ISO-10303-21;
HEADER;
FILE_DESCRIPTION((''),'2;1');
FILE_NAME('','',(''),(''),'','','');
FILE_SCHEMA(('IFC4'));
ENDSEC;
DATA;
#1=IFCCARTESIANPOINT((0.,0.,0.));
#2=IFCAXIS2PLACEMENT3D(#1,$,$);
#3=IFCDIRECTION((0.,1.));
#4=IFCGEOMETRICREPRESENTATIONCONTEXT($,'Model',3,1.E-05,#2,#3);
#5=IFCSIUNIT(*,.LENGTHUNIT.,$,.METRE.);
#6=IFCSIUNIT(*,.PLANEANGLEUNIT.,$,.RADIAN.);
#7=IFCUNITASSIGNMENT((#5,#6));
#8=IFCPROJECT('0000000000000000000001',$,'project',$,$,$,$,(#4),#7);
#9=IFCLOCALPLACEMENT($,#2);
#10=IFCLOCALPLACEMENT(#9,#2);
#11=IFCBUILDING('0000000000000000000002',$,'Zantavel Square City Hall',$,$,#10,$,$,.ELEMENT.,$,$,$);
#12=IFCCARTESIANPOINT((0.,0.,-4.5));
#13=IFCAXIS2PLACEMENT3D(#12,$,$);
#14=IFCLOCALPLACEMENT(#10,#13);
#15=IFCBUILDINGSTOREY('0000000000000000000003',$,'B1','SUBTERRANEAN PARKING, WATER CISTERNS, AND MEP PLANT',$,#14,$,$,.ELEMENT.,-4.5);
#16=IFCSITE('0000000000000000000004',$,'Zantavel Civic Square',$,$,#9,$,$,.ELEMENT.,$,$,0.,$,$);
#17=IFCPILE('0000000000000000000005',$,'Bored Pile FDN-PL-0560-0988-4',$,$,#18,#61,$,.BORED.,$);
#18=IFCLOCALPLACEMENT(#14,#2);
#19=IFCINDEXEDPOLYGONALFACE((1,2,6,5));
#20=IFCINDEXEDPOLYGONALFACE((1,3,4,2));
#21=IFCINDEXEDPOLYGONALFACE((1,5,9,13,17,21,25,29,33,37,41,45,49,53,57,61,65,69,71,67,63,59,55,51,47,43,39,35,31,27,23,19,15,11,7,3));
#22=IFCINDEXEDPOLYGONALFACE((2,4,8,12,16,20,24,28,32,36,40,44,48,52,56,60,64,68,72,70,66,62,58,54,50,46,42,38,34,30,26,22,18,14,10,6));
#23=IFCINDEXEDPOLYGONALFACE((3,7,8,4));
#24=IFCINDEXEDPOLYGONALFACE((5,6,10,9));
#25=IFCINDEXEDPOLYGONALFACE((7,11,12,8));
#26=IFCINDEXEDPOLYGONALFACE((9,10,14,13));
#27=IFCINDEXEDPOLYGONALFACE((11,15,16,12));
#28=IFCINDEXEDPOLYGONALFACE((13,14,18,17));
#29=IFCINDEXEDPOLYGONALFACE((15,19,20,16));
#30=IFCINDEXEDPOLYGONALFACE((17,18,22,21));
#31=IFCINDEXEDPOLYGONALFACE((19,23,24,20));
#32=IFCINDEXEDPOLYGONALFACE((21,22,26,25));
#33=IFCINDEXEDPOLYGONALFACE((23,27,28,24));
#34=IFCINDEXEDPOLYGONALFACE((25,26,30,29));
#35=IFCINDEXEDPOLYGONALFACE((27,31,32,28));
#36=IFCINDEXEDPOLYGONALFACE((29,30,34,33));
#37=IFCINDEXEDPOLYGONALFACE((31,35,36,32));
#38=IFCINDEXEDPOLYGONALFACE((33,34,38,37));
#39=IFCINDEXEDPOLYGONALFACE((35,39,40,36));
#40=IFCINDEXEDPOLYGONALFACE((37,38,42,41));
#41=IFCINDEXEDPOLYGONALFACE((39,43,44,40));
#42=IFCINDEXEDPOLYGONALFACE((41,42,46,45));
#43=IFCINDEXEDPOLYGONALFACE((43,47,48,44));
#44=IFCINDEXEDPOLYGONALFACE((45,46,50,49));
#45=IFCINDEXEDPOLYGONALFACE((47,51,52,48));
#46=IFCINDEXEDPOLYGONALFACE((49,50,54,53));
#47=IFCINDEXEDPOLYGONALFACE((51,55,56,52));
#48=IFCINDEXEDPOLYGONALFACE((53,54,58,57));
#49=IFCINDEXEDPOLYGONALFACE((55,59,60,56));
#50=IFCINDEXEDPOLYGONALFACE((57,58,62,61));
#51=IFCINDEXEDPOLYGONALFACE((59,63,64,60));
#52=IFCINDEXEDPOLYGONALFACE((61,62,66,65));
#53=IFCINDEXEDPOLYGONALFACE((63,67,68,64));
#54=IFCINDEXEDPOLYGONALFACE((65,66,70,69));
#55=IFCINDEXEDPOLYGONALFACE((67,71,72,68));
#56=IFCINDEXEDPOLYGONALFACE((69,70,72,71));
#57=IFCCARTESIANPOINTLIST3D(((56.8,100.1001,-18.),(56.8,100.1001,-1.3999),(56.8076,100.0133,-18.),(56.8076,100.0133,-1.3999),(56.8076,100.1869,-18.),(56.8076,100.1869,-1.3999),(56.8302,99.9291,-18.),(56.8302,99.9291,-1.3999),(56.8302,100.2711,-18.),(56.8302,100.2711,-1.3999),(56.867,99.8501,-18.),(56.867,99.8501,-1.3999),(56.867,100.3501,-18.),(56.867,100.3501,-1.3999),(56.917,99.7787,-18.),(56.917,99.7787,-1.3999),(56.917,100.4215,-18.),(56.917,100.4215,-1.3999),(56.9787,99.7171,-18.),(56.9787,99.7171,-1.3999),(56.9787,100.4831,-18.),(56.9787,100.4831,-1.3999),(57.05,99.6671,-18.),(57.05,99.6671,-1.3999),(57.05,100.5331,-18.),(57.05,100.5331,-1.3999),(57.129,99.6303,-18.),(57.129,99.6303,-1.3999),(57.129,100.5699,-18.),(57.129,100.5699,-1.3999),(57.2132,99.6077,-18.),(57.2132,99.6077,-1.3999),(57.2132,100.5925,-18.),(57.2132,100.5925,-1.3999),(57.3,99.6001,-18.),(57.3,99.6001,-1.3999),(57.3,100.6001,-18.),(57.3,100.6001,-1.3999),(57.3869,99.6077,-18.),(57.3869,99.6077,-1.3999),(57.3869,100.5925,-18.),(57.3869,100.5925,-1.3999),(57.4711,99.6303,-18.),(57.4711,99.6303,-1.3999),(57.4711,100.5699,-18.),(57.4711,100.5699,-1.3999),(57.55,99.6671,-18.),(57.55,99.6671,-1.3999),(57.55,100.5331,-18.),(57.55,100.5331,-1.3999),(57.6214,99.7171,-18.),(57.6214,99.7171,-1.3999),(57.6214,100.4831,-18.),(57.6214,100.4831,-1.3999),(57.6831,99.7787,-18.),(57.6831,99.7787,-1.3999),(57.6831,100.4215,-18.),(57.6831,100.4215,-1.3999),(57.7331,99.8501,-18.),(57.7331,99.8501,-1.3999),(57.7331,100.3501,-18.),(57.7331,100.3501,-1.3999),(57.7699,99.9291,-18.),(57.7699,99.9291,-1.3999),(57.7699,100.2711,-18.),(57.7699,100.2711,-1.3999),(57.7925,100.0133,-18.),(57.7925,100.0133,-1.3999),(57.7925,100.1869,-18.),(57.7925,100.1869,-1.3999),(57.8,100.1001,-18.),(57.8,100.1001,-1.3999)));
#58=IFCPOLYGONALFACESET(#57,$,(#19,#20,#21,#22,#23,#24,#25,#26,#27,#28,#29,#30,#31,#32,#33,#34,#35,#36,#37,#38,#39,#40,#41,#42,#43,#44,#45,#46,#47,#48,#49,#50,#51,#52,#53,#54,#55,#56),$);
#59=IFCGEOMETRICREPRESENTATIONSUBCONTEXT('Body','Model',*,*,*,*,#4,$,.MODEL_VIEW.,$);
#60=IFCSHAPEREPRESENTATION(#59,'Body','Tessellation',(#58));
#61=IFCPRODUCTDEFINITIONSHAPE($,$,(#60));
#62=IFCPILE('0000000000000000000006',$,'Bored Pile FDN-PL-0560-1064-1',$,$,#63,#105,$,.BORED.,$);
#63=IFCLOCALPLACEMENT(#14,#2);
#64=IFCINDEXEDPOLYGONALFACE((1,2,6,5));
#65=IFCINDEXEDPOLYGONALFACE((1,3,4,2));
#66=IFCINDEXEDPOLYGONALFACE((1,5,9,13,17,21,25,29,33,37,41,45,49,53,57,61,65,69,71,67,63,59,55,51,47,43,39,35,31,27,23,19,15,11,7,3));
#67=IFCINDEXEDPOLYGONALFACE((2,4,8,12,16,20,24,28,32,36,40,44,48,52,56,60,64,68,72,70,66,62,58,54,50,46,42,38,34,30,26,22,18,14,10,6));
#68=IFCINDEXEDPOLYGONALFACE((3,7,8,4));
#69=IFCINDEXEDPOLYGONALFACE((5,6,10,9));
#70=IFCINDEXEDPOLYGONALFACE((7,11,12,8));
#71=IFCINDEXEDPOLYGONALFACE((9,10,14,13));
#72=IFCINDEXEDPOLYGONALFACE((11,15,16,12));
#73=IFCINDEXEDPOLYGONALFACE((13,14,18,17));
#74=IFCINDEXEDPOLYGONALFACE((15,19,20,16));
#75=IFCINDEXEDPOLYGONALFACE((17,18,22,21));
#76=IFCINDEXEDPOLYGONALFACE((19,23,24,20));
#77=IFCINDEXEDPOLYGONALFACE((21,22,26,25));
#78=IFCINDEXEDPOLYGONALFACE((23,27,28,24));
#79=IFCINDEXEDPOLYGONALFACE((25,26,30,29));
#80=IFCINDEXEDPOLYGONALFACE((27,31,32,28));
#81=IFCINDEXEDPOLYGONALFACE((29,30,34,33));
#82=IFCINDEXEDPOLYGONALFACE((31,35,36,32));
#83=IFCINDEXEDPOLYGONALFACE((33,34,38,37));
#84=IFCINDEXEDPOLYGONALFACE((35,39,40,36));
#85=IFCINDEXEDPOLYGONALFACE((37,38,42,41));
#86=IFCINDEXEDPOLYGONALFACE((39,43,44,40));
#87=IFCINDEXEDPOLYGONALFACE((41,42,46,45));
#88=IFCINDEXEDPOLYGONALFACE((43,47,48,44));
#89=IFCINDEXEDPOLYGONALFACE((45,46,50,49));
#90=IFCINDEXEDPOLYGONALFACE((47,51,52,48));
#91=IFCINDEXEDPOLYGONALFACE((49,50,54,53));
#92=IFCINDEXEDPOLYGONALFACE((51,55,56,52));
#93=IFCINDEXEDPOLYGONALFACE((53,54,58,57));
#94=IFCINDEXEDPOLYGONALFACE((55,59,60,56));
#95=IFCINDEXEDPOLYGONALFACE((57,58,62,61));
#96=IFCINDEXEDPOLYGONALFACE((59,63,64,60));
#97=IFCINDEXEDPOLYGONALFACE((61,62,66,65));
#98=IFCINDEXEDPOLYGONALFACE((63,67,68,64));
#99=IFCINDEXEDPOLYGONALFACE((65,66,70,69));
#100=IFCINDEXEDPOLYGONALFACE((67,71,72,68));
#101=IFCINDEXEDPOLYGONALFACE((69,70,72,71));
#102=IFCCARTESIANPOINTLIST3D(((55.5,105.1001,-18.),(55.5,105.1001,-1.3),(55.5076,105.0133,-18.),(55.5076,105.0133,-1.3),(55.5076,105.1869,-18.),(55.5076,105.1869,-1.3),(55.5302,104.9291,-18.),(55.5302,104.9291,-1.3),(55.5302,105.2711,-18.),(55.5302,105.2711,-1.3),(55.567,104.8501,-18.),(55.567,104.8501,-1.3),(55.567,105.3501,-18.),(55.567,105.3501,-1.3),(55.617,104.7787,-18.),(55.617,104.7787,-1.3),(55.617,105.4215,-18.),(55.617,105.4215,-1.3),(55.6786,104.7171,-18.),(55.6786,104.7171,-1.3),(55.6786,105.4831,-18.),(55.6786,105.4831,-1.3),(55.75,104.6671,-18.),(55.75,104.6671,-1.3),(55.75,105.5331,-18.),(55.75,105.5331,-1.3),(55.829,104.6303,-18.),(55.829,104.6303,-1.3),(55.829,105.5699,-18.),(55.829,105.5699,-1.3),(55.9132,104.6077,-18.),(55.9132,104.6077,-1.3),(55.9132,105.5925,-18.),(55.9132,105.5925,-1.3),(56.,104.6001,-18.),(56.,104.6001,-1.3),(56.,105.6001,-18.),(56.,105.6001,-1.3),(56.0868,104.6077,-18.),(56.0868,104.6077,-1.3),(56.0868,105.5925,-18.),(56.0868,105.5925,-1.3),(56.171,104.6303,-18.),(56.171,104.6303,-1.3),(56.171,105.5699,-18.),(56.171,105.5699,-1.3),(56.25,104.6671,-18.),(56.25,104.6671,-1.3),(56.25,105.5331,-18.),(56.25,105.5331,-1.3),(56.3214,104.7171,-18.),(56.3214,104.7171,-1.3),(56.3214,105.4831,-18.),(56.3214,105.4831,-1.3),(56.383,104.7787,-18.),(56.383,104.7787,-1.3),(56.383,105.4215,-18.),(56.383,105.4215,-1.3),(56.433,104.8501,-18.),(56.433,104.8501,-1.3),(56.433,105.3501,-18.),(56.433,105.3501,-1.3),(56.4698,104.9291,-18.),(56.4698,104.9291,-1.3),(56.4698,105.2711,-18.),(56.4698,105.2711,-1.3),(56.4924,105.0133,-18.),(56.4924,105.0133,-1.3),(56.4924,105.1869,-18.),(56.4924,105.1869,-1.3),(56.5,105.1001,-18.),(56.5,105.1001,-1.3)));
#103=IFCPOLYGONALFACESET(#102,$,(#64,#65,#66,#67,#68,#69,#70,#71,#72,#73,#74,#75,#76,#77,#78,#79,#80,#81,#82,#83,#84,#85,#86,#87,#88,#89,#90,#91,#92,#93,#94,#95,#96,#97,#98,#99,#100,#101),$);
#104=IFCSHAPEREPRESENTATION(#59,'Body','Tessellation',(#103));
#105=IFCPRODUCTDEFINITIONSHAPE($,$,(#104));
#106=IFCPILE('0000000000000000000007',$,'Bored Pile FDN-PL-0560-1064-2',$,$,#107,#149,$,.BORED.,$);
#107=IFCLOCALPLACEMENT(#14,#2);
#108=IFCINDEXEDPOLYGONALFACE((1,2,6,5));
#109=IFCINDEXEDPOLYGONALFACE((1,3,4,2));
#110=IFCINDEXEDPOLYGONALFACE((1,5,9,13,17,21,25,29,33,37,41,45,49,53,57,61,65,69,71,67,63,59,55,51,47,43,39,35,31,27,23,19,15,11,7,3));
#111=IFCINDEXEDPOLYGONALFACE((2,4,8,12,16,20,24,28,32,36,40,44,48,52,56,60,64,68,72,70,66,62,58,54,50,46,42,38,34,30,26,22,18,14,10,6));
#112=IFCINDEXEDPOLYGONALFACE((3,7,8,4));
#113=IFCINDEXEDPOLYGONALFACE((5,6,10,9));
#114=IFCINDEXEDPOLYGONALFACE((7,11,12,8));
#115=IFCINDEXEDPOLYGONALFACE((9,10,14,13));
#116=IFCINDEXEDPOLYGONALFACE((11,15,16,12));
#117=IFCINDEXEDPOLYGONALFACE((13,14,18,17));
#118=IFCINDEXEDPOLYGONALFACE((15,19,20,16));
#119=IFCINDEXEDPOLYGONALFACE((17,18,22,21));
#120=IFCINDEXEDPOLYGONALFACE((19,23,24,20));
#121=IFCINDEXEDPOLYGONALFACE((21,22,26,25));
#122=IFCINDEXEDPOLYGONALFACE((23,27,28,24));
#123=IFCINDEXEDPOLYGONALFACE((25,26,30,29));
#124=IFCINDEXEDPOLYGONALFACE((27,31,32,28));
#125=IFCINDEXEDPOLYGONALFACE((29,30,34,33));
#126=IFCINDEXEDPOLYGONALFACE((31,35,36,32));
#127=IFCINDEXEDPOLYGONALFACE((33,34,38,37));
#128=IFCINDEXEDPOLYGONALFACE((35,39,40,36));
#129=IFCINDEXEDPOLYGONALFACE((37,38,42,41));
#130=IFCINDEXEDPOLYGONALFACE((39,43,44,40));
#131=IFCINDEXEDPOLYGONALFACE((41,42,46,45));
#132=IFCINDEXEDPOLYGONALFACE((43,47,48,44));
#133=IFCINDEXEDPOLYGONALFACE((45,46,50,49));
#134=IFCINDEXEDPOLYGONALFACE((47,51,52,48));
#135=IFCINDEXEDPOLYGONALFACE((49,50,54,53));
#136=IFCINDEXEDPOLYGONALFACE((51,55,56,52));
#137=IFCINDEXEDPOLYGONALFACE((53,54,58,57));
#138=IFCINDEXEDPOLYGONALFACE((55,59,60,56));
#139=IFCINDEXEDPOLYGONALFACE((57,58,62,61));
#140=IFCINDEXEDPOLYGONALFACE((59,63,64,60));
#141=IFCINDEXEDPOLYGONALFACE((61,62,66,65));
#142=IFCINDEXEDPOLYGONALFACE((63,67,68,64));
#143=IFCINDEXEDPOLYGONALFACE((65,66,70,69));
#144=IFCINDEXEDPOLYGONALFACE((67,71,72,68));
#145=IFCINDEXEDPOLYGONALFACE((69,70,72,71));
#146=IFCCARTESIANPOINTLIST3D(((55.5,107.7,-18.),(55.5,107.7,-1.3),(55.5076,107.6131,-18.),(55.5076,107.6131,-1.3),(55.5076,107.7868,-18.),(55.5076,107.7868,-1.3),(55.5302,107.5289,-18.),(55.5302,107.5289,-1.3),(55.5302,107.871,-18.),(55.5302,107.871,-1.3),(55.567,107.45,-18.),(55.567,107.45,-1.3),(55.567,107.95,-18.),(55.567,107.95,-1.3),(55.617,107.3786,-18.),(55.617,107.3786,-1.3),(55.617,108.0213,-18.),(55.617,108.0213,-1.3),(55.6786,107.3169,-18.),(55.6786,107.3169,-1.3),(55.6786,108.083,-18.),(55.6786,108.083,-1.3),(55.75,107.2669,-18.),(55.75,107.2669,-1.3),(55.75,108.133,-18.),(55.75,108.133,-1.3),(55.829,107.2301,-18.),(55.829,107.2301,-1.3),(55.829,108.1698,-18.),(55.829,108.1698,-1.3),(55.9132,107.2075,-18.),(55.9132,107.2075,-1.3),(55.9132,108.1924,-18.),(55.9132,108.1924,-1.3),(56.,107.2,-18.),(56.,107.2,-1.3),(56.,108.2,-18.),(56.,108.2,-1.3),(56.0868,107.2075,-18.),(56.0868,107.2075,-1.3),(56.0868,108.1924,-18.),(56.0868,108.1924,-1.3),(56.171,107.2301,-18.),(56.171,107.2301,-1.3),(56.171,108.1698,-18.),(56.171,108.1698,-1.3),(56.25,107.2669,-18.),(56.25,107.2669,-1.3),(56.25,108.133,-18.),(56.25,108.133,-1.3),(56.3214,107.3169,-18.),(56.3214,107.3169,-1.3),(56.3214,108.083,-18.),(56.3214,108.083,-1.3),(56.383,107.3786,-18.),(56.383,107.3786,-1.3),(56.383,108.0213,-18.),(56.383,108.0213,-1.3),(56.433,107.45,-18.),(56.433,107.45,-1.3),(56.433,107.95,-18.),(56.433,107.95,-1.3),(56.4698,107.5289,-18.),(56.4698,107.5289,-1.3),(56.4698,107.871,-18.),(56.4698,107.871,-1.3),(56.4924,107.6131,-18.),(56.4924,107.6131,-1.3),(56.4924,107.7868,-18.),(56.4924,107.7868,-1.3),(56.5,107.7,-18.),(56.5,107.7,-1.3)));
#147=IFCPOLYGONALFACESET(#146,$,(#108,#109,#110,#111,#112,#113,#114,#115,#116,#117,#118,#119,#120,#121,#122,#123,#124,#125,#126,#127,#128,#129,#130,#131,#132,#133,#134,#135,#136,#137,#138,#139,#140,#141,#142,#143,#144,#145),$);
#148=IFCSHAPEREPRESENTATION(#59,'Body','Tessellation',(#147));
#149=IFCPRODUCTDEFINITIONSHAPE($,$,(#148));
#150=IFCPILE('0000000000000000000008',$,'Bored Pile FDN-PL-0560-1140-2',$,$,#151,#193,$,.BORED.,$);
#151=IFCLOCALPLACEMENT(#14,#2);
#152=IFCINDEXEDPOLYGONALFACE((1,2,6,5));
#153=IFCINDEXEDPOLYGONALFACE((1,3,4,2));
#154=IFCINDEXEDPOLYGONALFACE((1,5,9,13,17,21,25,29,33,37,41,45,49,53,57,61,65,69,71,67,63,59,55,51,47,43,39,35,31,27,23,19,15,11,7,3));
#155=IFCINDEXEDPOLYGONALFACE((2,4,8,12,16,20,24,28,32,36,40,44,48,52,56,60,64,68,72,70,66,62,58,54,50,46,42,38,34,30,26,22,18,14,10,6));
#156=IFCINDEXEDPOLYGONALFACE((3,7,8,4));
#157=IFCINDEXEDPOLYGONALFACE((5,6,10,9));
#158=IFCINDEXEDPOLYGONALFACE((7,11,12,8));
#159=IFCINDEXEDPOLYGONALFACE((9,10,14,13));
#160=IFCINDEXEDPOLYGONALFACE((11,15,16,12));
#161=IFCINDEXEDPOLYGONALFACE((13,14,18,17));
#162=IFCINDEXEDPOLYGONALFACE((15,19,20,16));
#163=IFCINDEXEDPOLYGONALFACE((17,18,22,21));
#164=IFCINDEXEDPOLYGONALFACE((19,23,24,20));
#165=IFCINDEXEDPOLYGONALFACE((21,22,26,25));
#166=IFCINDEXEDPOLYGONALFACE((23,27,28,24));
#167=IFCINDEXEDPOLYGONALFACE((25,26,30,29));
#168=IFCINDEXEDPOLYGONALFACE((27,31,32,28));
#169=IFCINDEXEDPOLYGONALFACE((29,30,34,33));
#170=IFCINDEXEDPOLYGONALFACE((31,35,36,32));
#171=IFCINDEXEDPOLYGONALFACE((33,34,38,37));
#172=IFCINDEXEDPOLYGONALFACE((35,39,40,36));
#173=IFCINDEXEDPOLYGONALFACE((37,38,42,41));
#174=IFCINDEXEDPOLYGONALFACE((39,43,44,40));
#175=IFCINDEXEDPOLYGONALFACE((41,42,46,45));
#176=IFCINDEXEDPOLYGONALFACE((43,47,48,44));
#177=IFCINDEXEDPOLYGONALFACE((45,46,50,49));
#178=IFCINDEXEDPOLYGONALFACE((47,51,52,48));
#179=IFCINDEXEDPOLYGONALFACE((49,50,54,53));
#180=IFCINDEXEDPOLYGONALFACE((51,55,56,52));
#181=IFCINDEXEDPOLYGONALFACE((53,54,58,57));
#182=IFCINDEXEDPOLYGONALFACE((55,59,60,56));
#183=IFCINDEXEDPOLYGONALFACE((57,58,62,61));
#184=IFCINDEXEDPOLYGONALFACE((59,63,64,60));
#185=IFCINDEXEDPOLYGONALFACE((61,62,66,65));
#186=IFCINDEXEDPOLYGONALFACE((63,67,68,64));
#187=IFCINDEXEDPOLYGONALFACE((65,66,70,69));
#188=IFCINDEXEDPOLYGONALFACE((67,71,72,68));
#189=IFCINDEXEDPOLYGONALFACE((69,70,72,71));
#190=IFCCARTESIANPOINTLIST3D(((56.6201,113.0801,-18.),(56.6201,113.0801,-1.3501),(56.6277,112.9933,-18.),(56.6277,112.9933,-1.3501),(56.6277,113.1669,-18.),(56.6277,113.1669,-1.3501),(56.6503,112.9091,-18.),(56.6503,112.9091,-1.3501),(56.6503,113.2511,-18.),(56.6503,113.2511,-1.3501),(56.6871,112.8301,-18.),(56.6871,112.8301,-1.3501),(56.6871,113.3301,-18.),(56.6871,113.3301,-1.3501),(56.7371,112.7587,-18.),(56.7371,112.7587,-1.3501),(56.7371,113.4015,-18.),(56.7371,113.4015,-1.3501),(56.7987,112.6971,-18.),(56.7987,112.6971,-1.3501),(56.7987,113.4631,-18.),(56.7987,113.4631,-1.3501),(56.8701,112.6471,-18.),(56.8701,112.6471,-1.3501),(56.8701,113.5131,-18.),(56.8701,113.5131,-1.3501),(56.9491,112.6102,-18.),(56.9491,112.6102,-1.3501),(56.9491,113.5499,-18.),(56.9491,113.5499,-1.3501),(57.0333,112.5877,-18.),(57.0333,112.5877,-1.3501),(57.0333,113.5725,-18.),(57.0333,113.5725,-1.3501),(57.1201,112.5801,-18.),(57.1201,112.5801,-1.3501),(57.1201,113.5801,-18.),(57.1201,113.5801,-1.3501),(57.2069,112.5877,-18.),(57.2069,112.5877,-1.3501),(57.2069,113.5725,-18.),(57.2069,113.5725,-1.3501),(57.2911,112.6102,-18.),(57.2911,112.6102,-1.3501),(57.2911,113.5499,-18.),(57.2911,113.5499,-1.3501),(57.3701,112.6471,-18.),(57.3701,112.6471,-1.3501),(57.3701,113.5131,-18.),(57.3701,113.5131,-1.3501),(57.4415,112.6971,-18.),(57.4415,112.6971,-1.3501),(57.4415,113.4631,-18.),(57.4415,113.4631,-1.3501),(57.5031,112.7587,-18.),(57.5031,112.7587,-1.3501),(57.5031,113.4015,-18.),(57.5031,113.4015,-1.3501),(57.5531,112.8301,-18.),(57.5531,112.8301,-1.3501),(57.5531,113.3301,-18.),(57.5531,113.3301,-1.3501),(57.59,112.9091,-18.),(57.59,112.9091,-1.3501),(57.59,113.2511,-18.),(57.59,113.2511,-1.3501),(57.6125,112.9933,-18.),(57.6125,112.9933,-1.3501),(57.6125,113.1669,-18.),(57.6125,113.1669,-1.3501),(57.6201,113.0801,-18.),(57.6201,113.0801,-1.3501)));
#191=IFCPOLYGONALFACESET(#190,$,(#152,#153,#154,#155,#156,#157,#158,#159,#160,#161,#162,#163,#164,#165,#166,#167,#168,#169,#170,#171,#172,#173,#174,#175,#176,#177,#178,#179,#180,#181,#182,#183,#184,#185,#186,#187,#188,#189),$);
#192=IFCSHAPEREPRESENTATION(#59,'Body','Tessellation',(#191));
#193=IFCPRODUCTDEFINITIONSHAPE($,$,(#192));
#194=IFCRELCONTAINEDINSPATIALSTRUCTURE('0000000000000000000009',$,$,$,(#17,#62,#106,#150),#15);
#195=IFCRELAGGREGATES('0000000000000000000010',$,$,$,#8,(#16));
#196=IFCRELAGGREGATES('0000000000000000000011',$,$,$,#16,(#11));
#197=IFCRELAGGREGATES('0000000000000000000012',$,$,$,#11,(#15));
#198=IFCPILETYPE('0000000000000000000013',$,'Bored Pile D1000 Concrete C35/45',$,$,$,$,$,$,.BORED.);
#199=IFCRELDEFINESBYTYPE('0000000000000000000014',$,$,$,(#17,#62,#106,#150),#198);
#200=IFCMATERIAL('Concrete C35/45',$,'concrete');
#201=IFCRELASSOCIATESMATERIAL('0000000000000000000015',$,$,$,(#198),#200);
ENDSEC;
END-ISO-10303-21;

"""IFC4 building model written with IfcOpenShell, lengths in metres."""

from ifc_helpers import new_model, si_unit, direction, frame, origin, origin_2d, place, context, subcontext, project, spatial, circle, extrude, material, material_profile, profile_set, type_object, element, save


model = new_model("IFC4")

# Units and contexts
model_context = context("Model", 3, precision=1e-05, world=origin(), true_north=direction((0.0, 1.0)))
body_context = subcontext(model_context, "Body", "Model", "MODEL_VIEW")
ifc_project = project(units=[si_unit("LENGTHUNIT", "METRE"), si_unit("PLANEANGLEUNIT", "RADIAN")], contexts=[model_context])

# Site, building, storey
site_placement = place(None, origin())
site = spatial("IfcSite", under=ifc_project, at=site_placement, Name="Zantavel Civic Square", CompositionType="ELEMENT", RefElevation=0.0)
building_placement = place(site_placement, origin())
building = spatial("IfcBuilding", under=site, at=building_placement, Name="Zantavel Square City Hall", CompositionType="ELEMENT")
storey_placement = place(building_placement, frame((0.0, 0.0, -4.5)))
storey = spatial("IfcBuildingStorey", under=building, at=storey_placement, Name="B1", Description="SUBTERRANEAN PARKING, WATER CISTERNS, AND MEP PLANT", CompositionType="ELEMENT", Elevation=-4.5)

# Piles
ifc_material_1 = material(Name="Concrete C35/45", Category="concrete")
ifc_material_profile_1 = material_profile(ifc_material_1, circle(Radius=0.5, at=origin_2d()), Name="PILE D1000")
ifc_profile_set_1 = profile_set([ifc_material_profile_1], Name="Concrete C35/45")
pile_type = type_object("IfcPileType", Name="Bored Pile D1000 Concrete C35/45", PredefinedType="BORED", material=ifc_profile_set_1)
pile_placement = place(storey_placement, frame((57.3, 100.1001, -1.3999), z_axis=(0.0, 0.0, -1.0), x_axis=(1.0, 0.0, 0.0)))
element("IfcPile", 1, at=pile_placement, inside=storey, type_object=pile_type, Name="Bored Pile FDN-PL-0560-0988-4", PredefinedType="BORED", context=body_context, shape_type="SweptSolid", body=[
    extrude(circle(Radius=0.5, at=origin_2d()), origin(), (0.0, 0.0, 1.0), 16.6001),
])
for number, where, z_axis, x_axis, name in (
    (2, (56.0, 105.1001, -1.3), (0.0, 0.0, -1.0), (1.0, 0.0, 0.0), "Bored Pile FDN-PL-0560-1064-1"),
    (3, (56.0, 107.7, -1.3), (0.0, 0.0, -1.0), (1.0, 0.0, 0.0), "Bored Pile FDN-PL-0560-1064-2"),
):
    element("IfcPile", number, at=place(storey_placement, frame(where, z_axis=z_axis, x_axis=x_axis)), inside=storey, type_object=pile_type, Name=name, PredefinedType="BORED", context=body_context, shape_type="SweptSolid", body=[
        extrude(circle(Radius=0.5, at=origin_2d()), origin(), (0.0, 0.0, 1.0), 16.7),
    ])
for number, where, z_axis, x_axis, name in (
    (4, (57.1201, 113.0801, -1.3501), (0.0, 0.0, -1.0), (1.0, 0.0, 0.0), "Bored Pile FDN-PL-0560-1140-2"),
):
    element("IfcPile", number, at=place(storey_placement, frame(where, z_axis=z_axis, x_axis=x_axis)), inside=storey, type_object=pile_type, Name=name, PredefinedType="BORED", context=body_context, shape_type="SweptSolid", body=[
        extrude(circle(Radius=0.5, at=origin_2d()), origin(), (0.0, 0.0, 1.0), 16.6499),
    ])

save(model, "model.ifc")
